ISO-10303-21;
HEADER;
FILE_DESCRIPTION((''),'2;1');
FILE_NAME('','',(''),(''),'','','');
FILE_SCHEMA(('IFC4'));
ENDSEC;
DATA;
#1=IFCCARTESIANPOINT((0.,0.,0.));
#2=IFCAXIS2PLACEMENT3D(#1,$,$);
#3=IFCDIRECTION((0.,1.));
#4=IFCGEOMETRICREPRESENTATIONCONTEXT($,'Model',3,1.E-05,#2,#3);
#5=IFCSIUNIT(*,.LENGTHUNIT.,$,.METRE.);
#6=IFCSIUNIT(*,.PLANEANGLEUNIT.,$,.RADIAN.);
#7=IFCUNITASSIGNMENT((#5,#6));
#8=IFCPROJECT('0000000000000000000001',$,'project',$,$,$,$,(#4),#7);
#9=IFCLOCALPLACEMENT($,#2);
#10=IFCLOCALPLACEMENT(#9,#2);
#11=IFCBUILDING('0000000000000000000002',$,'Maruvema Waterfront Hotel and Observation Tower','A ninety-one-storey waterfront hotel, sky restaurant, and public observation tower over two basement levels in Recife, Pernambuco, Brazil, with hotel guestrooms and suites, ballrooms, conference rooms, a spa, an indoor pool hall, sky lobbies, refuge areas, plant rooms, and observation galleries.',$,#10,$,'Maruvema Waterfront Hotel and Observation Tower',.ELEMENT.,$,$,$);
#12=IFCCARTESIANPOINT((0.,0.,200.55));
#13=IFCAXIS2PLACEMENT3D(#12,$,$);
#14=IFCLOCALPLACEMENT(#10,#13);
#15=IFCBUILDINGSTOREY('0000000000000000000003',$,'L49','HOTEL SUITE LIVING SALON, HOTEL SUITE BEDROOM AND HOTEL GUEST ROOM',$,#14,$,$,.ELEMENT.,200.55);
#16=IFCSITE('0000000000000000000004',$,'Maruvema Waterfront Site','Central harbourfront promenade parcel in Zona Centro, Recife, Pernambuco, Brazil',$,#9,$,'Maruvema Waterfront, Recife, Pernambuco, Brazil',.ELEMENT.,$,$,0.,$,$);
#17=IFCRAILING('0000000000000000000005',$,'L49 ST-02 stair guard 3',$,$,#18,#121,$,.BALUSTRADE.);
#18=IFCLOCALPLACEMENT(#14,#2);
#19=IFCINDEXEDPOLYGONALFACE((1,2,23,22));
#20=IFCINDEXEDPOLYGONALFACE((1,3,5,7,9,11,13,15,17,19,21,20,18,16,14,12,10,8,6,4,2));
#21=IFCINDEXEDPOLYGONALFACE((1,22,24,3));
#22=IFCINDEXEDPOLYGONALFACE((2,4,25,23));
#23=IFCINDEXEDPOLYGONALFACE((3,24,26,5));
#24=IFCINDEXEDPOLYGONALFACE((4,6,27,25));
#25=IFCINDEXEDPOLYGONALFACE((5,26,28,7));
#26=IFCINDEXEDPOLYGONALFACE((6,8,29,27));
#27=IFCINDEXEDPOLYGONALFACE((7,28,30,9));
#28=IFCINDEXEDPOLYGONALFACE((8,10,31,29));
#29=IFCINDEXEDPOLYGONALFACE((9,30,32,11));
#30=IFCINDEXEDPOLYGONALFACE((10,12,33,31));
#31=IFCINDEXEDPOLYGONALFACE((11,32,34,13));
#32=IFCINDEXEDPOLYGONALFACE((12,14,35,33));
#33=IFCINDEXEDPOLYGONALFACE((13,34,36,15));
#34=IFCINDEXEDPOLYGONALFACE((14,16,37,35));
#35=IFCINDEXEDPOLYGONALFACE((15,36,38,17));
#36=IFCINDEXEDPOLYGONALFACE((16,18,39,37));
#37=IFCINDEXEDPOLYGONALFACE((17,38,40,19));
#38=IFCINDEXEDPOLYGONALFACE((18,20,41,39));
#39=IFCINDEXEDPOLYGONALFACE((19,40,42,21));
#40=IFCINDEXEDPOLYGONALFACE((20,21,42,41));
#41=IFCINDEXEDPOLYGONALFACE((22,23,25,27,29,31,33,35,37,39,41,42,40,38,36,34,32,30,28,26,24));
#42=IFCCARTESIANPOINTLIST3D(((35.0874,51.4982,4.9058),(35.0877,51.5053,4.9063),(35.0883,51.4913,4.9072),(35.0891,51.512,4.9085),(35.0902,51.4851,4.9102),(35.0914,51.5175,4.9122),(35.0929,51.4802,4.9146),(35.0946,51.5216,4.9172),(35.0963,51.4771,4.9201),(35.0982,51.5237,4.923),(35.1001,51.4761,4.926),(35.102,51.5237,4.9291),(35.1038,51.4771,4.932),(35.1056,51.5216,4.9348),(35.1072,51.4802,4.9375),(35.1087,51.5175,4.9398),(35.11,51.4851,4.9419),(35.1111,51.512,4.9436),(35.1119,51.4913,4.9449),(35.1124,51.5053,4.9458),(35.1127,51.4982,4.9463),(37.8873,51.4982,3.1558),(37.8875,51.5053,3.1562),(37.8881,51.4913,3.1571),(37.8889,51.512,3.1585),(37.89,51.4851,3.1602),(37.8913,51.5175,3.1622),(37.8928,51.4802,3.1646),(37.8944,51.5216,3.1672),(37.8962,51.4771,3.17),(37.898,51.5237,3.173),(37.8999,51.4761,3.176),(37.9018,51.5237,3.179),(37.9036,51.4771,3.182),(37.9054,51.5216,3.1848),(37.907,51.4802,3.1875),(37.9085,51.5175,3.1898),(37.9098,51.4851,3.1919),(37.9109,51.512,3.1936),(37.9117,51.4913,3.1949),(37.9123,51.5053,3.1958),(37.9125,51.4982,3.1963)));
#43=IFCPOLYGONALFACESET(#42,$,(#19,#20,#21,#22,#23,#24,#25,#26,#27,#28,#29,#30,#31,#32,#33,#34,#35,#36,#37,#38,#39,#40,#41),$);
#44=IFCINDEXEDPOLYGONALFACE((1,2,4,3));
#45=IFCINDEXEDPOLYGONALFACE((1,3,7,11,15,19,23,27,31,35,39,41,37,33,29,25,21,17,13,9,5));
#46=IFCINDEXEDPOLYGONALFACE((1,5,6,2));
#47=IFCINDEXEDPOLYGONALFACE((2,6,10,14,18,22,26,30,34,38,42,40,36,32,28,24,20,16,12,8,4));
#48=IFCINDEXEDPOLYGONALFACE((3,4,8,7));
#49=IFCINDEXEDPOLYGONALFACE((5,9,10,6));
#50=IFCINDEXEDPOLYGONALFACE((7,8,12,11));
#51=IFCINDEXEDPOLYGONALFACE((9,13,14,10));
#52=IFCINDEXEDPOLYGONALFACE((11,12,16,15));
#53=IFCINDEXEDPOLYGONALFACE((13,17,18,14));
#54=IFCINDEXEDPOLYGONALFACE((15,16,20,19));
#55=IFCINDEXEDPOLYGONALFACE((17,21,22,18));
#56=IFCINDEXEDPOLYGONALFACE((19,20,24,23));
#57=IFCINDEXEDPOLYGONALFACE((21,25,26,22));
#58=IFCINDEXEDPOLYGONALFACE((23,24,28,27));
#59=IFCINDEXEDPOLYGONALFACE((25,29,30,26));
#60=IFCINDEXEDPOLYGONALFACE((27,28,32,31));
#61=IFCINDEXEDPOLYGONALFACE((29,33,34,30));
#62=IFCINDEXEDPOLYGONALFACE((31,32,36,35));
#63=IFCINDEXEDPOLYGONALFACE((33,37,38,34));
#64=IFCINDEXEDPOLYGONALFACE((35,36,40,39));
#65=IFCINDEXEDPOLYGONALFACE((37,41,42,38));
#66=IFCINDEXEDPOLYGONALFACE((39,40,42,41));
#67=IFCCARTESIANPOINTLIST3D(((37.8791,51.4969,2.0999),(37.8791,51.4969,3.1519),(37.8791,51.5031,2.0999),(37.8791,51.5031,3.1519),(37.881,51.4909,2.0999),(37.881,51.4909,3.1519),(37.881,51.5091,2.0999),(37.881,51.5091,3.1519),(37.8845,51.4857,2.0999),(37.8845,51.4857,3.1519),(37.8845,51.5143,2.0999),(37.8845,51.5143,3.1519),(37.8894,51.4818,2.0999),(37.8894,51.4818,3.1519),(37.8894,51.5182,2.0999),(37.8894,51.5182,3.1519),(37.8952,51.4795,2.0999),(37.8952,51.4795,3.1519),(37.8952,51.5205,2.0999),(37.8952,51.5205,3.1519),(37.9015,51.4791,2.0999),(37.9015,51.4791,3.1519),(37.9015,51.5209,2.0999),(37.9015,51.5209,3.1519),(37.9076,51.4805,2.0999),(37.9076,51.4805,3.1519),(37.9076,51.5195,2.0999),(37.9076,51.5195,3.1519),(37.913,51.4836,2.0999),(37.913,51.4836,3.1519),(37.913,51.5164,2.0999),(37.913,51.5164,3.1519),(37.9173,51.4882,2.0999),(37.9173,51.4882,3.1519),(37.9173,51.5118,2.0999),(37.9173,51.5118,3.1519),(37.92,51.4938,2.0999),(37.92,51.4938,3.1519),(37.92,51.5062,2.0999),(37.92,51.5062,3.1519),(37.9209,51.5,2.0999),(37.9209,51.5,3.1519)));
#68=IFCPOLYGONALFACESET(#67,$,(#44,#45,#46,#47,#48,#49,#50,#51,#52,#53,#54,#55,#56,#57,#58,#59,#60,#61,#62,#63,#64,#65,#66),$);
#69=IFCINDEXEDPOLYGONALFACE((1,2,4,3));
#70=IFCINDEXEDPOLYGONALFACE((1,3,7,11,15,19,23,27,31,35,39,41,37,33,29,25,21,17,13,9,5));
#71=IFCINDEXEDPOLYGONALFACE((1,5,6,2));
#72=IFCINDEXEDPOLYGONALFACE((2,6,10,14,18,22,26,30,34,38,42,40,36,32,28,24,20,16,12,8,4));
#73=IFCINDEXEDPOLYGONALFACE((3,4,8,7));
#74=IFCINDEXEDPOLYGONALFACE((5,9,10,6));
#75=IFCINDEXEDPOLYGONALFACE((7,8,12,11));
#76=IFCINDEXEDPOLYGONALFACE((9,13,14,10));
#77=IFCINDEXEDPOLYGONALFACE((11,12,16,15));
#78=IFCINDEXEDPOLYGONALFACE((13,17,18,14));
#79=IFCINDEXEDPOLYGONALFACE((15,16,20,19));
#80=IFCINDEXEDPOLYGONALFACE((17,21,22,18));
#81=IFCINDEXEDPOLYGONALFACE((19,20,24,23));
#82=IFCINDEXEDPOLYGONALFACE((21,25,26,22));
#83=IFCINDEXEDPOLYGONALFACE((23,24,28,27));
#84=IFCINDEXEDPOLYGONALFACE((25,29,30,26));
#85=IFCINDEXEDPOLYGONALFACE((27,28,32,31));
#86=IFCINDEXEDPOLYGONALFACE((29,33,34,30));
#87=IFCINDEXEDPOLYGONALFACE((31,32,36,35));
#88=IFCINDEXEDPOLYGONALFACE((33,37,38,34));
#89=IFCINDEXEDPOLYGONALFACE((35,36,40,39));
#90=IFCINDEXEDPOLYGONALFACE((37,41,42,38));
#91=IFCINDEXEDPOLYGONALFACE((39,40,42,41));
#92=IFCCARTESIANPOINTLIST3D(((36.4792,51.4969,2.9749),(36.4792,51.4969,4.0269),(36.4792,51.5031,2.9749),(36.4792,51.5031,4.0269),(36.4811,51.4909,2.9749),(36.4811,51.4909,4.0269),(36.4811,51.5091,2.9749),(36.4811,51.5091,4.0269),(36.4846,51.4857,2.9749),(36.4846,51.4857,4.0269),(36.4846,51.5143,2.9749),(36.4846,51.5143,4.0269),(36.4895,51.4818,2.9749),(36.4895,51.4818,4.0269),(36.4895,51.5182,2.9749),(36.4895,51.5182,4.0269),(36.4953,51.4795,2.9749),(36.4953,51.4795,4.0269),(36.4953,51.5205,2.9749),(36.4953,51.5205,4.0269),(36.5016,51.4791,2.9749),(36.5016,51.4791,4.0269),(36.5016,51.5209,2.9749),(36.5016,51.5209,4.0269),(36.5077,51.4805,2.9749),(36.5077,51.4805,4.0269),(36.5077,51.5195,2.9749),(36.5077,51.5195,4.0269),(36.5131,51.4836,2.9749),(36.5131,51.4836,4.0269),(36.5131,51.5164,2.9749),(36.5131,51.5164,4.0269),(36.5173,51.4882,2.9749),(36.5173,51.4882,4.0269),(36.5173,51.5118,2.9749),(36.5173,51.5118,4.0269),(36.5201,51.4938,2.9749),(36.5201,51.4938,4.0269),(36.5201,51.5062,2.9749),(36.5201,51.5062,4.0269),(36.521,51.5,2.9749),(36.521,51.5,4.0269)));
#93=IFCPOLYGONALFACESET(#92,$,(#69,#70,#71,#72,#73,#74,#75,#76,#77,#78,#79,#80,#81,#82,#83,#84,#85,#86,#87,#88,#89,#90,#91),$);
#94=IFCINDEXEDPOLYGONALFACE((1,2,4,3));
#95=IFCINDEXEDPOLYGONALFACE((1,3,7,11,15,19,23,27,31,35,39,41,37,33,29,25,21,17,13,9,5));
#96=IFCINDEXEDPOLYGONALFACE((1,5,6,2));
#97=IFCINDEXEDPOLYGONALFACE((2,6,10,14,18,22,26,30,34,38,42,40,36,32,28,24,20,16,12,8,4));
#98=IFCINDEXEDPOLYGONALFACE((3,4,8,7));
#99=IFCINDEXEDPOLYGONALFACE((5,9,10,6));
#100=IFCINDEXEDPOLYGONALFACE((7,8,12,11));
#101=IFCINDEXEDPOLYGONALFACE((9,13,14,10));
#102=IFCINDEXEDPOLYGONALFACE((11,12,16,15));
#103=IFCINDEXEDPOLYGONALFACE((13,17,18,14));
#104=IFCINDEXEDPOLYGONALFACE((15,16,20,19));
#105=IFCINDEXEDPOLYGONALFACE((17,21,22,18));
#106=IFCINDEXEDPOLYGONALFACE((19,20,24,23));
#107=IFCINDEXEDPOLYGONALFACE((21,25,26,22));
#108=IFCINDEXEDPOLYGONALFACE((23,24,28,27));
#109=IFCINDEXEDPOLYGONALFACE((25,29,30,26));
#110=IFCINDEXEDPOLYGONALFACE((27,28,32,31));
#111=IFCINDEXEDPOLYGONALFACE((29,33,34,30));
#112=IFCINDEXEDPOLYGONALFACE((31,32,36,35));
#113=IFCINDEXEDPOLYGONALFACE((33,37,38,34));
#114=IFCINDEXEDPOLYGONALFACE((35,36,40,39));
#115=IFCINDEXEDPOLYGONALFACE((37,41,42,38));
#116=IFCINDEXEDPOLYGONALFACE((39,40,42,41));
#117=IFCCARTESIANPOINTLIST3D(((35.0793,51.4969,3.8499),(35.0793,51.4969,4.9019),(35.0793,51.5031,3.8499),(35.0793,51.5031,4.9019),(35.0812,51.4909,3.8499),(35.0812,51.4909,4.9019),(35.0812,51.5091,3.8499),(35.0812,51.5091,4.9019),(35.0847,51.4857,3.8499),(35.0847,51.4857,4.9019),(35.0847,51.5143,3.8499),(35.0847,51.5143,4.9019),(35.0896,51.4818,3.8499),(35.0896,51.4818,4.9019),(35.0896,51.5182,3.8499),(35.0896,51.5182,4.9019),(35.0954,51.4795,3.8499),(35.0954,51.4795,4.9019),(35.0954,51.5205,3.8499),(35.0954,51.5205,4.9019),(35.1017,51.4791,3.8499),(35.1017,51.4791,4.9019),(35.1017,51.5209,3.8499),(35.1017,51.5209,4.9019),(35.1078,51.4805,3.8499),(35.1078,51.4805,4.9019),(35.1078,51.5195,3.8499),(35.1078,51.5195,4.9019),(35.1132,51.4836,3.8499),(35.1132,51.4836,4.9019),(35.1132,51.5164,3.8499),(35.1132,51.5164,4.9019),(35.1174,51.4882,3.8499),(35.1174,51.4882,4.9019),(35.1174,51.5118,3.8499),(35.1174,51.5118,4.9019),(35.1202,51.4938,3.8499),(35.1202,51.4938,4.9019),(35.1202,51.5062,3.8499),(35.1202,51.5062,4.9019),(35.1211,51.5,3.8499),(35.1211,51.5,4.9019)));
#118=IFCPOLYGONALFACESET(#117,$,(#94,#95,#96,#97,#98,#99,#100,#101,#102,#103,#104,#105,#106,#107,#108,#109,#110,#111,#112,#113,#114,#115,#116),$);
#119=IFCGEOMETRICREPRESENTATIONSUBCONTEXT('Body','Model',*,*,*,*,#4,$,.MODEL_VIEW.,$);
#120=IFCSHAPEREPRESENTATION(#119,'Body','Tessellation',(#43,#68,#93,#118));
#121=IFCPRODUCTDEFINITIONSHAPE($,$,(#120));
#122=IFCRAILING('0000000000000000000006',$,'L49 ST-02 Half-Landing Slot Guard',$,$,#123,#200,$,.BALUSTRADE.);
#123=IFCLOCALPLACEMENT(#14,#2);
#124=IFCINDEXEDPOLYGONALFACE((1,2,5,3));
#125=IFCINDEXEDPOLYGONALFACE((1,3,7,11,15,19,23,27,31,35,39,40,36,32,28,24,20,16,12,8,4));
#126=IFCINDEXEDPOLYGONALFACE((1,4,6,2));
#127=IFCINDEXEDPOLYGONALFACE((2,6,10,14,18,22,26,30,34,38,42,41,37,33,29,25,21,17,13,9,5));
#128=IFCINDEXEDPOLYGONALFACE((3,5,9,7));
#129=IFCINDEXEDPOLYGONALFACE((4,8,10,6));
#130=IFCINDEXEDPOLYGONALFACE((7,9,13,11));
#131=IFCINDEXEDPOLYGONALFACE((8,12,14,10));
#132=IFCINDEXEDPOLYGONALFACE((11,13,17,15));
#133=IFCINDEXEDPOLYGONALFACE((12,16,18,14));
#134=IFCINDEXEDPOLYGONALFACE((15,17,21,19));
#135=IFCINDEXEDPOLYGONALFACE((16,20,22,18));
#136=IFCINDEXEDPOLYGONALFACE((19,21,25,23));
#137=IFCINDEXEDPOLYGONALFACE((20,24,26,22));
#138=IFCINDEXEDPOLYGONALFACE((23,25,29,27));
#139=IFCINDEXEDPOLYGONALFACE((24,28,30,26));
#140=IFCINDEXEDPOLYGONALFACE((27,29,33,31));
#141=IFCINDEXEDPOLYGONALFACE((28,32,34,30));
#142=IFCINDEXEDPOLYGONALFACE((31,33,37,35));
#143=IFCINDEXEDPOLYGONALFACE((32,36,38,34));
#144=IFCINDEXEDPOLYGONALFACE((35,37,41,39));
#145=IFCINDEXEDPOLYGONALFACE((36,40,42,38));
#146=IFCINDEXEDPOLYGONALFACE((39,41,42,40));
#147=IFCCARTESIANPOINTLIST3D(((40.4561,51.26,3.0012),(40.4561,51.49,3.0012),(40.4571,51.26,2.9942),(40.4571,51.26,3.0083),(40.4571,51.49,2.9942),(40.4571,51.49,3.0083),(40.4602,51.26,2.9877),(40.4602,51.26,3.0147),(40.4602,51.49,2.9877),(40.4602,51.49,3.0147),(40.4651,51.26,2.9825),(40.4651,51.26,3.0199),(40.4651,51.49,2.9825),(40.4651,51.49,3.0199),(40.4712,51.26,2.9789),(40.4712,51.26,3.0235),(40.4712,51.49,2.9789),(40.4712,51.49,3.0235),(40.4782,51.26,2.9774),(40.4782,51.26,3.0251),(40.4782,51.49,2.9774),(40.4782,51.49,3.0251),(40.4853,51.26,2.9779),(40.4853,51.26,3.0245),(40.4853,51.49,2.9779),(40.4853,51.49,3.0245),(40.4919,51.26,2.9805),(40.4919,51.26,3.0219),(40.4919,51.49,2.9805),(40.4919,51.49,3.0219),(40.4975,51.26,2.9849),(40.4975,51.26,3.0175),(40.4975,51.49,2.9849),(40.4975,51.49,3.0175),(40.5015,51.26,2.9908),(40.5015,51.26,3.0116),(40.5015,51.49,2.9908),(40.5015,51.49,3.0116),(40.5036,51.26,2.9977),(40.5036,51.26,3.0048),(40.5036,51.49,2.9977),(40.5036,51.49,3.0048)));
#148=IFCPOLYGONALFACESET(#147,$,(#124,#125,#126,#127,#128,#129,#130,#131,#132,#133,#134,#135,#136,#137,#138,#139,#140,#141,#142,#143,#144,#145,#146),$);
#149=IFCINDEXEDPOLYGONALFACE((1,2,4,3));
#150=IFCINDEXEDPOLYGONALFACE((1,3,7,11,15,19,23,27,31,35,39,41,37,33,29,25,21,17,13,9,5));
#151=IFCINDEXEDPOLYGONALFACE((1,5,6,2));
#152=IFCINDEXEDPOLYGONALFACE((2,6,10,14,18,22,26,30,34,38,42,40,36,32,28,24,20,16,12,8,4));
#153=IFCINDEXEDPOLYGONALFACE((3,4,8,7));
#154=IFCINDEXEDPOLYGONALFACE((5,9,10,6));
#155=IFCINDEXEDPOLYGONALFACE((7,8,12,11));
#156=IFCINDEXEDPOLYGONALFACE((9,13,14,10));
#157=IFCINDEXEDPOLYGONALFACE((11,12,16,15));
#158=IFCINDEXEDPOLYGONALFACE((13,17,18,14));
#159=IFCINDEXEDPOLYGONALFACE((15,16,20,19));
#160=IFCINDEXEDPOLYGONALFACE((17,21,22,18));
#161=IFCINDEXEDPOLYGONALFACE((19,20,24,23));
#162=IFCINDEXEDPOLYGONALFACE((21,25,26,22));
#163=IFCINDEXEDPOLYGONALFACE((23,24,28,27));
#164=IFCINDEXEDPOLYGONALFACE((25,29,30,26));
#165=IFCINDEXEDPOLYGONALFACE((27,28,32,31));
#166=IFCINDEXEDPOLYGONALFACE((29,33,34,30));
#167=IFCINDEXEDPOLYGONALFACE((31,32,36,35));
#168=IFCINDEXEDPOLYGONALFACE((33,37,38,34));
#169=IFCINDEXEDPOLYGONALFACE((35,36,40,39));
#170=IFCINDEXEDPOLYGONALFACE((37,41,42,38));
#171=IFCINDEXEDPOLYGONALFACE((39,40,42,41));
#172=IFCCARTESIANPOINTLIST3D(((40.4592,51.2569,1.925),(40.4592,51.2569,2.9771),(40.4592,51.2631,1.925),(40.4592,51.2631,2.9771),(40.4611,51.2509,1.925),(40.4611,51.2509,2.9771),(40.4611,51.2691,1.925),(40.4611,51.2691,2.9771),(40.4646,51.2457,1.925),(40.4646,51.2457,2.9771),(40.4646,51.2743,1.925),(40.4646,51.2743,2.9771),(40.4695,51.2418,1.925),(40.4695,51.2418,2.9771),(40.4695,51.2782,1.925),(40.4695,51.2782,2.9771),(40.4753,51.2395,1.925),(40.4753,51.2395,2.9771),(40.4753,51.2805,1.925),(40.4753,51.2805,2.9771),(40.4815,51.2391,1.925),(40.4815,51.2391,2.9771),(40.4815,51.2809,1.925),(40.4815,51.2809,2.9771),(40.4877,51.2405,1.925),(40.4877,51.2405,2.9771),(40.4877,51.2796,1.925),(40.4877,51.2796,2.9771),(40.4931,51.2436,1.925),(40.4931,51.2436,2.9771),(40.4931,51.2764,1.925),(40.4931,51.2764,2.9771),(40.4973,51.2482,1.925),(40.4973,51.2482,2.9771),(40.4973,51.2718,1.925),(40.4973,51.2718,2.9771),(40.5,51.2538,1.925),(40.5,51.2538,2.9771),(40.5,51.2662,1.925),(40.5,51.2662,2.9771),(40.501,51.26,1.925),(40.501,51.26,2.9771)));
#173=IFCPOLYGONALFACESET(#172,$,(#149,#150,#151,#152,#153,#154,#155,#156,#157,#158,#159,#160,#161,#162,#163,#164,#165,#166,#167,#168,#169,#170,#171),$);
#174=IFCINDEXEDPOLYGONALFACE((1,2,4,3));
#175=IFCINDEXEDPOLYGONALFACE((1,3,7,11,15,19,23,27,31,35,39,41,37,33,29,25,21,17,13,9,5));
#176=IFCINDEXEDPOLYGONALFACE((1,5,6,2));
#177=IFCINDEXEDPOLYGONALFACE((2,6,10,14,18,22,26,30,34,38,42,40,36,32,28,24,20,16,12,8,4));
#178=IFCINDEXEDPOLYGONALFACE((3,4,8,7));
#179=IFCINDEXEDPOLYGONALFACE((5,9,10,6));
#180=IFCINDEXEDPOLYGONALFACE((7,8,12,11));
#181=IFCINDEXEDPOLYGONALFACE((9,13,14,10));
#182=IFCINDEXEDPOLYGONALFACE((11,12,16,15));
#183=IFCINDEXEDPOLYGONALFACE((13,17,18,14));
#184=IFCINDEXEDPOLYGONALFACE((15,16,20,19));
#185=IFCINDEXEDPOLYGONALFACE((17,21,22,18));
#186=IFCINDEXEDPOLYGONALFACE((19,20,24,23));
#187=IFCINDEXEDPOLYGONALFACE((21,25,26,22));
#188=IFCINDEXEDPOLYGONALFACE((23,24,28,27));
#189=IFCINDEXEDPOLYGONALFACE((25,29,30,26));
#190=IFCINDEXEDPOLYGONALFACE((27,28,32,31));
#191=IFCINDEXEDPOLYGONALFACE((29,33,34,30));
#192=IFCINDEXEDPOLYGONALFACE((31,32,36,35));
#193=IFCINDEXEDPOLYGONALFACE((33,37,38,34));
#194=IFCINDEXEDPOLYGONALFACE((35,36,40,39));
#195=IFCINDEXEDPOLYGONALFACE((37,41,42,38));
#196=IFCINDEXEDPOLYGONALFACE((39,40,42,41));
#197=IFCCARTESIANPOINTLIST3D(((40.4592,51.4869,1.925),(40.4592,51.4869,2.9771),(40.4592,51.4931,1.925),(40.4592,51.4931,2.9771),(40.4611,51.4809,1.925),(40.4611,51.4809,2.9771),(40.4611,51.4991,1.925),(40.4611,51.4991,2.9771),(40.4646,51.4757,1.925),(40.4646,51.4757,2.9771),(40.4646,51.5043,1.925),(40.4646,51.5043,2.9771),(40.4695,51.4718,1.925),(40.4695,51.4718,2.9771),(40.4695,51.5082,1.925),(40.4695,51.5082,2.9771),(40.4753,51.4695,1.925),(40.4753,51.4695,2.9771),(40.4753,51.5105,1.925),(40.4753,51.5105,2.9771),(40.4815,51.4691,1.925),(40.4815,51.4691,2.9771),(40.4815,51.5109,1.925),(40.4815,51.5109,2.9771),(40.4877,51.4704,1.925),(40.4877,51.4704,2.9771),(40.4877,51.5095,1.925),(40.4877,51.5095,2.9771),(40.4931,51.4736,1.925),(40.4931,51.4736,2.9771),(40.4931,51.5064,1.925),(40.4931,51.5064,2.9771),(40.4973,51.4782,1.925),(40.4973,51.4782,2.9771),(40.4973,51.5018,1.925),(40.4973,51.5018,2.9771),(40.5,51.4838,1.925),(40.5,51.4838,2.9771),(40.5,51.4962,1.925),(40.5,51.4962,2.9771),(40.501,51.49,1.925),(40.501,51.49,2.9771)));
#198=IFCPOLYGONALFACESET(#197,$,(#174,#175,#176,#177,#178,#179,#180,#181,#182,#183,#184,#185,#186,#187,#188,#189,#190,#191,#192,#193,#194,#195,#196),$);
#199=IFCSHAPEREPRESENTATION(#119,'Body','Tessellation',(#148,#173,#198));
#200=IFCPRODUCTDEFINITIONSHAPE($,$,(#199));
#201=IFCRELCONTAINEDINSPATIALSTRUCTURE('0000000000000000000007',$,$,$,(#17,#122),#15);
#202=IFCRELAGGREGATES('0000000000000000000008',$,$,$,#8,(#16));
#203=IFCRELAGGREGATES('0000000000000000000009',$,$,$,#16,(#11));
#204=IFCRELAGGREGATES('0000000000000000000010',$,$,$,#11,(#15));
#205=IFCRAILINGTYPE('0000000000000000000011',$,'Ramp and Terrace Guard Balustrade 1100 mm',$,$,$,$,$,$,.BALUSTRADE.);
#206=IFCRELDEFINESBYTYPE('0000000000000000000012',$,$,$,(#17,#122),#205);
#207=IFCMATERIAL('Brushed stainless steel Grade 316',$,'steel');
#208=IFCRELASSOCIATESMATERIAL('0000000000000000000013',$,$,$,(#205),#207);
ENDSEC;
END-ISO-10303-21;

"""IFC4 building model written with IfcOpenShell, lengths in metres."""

from ifc_helpers import new_model, si_unit, direction, frame, origin, origin_2d, place, context, subcontext, project, spatial, circle, extrude, material, type_object, element, save


model = new_model("IFC4")

# Units and contexts
model_context = context("Model", 3, precision=1e-05, world=origin(), true_north=direction((0.0, 1.0)))
body_context = subcontext(model_context, "Body", "Model", "MODEL_VIEW")
ifc_project = project(units=[si_unit("LENGTHUNIT", "METRE"), si_unit("PLANEANGLEUNIT", "RADIAN")], contexts=[model_context])

# Site, building, storey
site_placement = place(None, origin())
site = spatial("IfcSite", under=ifc_project, at=site_placement, Name="Maruvema Waterfront Site", Description="Central harbourfront promenade parcel in Zona Centro, Recife, Pernambuco, Brazil", LongName="Maruvema Waterfront, Recife, Pernambuco, Brazil", CompositionType="ELEMENT", RefElevation=0.0)
building_placement = place(site_placement, origin())
building = spatial("IfcBuilding", under=site, at=building_placement, Name="Maruvema Waterfront Hotel and Observation Tower", Description="A ninety-one-storey waterfront hotel, sky restaurant, and public observation tower over two basement levels in Recife, Pernambuco, Brazil, with hotel guestrooms and suites, ballrooms, conference rooms, a spa, an indoor pool hall, sky lobbies, refuge areas, plant rooms, and observation galleries.", LongName="Maruvema Waterfront Hotel and Observation Tower", CompositionType="ELEMENT")
storey_placement = place(building_placement, frame((0.0, 0.0, 200.55)))
storey = spatial("IfcBuildingStorey", under=building, at=storey_placement, Name="L49", Description="HOTEL SUITE LIVING SALON, HOTEL SUITE BEDROOM AND HOTEL GUEST ROOM", CompositionType="ELEMENT", Elevation=200.55)

# Railings
ifc_material_1 = material(Name="Brushed stainless steel Grade 316", Category="steel")
railing_type_1 = type_object("IfcRailingType", Name="Ramp and Terrace Guard Balustrade 1100 mm", PredefinedType="BALUSTRADE", material=ifc_material_1)
railing_1_placement = place(storey_placement, frame((37.8999, 51.5, 2.0999)))
element("IfcRailing", 1, at=railing_1_placement, inside=storey, type_object=railing_type_1, Name="L49 ST-02 stair guard 3", PredefinedType="BALUSTRADE", context=body_context, shape_type="SweptSolid", body=[
    extrude(circle(Radius=0.0239, at=origin_2d()), frame((0.0, 0.0, 1.0762), z_axis=(-0.847982, 0.0, 0.530026), x_axis=(0.0, -1.0, 0.0)), (0.0, 0.0, 1.0), 3.3018),
    extrude(circle(Radius=0.021, at=origin_2d()), origin(), (0.0, 0.0, 1.0), 1.052),
    extrude(circle(Radius=0.021, at=origin_2d()), frame((-1.3999, 0.0, 0.875)), (0.0, 0.0, 1.0), 1.052),
    extrude(circle(Radius=0.021, at=origin_2d()), frame((-2.7998, 0.0, 1.75)), (0.0, 0.0, 1.0), 1.052),
])
railing_2_placement = place(storey_placement, frame((40.48, 51.26, 1.925)))
element("IfcRailing", 2, at=railing_2_placement, inside=storey, type_object=railing_type_1, Name="L49 ST-02 Half-Landing Slot Guard", PredefinedType="BALUSTRADE", context=body_context, shape_type="SweptSolid", body=[
    extrude(circle(Radius=0.0239, at=origin_2d()), frame((0.0, 0.0, 1.0762), z_axis=(0.0, 1.0, 0.0), x_axis=(-1.0, 0.0, 0.0)), (0.0, 0.0, 1.0), 0.23),
    extrude(circle(Radius=0.021, at=origin_2d()), origin(), (0.0, 0.0, 1.0), 1.052),
    extrude(circle(Radius=0.021, at=origin_2d()), frame((0.0, 0.23, 0.0)), (0.0, 0.0, 1.0), 1.052),
])

save(model, "model.ifc")
